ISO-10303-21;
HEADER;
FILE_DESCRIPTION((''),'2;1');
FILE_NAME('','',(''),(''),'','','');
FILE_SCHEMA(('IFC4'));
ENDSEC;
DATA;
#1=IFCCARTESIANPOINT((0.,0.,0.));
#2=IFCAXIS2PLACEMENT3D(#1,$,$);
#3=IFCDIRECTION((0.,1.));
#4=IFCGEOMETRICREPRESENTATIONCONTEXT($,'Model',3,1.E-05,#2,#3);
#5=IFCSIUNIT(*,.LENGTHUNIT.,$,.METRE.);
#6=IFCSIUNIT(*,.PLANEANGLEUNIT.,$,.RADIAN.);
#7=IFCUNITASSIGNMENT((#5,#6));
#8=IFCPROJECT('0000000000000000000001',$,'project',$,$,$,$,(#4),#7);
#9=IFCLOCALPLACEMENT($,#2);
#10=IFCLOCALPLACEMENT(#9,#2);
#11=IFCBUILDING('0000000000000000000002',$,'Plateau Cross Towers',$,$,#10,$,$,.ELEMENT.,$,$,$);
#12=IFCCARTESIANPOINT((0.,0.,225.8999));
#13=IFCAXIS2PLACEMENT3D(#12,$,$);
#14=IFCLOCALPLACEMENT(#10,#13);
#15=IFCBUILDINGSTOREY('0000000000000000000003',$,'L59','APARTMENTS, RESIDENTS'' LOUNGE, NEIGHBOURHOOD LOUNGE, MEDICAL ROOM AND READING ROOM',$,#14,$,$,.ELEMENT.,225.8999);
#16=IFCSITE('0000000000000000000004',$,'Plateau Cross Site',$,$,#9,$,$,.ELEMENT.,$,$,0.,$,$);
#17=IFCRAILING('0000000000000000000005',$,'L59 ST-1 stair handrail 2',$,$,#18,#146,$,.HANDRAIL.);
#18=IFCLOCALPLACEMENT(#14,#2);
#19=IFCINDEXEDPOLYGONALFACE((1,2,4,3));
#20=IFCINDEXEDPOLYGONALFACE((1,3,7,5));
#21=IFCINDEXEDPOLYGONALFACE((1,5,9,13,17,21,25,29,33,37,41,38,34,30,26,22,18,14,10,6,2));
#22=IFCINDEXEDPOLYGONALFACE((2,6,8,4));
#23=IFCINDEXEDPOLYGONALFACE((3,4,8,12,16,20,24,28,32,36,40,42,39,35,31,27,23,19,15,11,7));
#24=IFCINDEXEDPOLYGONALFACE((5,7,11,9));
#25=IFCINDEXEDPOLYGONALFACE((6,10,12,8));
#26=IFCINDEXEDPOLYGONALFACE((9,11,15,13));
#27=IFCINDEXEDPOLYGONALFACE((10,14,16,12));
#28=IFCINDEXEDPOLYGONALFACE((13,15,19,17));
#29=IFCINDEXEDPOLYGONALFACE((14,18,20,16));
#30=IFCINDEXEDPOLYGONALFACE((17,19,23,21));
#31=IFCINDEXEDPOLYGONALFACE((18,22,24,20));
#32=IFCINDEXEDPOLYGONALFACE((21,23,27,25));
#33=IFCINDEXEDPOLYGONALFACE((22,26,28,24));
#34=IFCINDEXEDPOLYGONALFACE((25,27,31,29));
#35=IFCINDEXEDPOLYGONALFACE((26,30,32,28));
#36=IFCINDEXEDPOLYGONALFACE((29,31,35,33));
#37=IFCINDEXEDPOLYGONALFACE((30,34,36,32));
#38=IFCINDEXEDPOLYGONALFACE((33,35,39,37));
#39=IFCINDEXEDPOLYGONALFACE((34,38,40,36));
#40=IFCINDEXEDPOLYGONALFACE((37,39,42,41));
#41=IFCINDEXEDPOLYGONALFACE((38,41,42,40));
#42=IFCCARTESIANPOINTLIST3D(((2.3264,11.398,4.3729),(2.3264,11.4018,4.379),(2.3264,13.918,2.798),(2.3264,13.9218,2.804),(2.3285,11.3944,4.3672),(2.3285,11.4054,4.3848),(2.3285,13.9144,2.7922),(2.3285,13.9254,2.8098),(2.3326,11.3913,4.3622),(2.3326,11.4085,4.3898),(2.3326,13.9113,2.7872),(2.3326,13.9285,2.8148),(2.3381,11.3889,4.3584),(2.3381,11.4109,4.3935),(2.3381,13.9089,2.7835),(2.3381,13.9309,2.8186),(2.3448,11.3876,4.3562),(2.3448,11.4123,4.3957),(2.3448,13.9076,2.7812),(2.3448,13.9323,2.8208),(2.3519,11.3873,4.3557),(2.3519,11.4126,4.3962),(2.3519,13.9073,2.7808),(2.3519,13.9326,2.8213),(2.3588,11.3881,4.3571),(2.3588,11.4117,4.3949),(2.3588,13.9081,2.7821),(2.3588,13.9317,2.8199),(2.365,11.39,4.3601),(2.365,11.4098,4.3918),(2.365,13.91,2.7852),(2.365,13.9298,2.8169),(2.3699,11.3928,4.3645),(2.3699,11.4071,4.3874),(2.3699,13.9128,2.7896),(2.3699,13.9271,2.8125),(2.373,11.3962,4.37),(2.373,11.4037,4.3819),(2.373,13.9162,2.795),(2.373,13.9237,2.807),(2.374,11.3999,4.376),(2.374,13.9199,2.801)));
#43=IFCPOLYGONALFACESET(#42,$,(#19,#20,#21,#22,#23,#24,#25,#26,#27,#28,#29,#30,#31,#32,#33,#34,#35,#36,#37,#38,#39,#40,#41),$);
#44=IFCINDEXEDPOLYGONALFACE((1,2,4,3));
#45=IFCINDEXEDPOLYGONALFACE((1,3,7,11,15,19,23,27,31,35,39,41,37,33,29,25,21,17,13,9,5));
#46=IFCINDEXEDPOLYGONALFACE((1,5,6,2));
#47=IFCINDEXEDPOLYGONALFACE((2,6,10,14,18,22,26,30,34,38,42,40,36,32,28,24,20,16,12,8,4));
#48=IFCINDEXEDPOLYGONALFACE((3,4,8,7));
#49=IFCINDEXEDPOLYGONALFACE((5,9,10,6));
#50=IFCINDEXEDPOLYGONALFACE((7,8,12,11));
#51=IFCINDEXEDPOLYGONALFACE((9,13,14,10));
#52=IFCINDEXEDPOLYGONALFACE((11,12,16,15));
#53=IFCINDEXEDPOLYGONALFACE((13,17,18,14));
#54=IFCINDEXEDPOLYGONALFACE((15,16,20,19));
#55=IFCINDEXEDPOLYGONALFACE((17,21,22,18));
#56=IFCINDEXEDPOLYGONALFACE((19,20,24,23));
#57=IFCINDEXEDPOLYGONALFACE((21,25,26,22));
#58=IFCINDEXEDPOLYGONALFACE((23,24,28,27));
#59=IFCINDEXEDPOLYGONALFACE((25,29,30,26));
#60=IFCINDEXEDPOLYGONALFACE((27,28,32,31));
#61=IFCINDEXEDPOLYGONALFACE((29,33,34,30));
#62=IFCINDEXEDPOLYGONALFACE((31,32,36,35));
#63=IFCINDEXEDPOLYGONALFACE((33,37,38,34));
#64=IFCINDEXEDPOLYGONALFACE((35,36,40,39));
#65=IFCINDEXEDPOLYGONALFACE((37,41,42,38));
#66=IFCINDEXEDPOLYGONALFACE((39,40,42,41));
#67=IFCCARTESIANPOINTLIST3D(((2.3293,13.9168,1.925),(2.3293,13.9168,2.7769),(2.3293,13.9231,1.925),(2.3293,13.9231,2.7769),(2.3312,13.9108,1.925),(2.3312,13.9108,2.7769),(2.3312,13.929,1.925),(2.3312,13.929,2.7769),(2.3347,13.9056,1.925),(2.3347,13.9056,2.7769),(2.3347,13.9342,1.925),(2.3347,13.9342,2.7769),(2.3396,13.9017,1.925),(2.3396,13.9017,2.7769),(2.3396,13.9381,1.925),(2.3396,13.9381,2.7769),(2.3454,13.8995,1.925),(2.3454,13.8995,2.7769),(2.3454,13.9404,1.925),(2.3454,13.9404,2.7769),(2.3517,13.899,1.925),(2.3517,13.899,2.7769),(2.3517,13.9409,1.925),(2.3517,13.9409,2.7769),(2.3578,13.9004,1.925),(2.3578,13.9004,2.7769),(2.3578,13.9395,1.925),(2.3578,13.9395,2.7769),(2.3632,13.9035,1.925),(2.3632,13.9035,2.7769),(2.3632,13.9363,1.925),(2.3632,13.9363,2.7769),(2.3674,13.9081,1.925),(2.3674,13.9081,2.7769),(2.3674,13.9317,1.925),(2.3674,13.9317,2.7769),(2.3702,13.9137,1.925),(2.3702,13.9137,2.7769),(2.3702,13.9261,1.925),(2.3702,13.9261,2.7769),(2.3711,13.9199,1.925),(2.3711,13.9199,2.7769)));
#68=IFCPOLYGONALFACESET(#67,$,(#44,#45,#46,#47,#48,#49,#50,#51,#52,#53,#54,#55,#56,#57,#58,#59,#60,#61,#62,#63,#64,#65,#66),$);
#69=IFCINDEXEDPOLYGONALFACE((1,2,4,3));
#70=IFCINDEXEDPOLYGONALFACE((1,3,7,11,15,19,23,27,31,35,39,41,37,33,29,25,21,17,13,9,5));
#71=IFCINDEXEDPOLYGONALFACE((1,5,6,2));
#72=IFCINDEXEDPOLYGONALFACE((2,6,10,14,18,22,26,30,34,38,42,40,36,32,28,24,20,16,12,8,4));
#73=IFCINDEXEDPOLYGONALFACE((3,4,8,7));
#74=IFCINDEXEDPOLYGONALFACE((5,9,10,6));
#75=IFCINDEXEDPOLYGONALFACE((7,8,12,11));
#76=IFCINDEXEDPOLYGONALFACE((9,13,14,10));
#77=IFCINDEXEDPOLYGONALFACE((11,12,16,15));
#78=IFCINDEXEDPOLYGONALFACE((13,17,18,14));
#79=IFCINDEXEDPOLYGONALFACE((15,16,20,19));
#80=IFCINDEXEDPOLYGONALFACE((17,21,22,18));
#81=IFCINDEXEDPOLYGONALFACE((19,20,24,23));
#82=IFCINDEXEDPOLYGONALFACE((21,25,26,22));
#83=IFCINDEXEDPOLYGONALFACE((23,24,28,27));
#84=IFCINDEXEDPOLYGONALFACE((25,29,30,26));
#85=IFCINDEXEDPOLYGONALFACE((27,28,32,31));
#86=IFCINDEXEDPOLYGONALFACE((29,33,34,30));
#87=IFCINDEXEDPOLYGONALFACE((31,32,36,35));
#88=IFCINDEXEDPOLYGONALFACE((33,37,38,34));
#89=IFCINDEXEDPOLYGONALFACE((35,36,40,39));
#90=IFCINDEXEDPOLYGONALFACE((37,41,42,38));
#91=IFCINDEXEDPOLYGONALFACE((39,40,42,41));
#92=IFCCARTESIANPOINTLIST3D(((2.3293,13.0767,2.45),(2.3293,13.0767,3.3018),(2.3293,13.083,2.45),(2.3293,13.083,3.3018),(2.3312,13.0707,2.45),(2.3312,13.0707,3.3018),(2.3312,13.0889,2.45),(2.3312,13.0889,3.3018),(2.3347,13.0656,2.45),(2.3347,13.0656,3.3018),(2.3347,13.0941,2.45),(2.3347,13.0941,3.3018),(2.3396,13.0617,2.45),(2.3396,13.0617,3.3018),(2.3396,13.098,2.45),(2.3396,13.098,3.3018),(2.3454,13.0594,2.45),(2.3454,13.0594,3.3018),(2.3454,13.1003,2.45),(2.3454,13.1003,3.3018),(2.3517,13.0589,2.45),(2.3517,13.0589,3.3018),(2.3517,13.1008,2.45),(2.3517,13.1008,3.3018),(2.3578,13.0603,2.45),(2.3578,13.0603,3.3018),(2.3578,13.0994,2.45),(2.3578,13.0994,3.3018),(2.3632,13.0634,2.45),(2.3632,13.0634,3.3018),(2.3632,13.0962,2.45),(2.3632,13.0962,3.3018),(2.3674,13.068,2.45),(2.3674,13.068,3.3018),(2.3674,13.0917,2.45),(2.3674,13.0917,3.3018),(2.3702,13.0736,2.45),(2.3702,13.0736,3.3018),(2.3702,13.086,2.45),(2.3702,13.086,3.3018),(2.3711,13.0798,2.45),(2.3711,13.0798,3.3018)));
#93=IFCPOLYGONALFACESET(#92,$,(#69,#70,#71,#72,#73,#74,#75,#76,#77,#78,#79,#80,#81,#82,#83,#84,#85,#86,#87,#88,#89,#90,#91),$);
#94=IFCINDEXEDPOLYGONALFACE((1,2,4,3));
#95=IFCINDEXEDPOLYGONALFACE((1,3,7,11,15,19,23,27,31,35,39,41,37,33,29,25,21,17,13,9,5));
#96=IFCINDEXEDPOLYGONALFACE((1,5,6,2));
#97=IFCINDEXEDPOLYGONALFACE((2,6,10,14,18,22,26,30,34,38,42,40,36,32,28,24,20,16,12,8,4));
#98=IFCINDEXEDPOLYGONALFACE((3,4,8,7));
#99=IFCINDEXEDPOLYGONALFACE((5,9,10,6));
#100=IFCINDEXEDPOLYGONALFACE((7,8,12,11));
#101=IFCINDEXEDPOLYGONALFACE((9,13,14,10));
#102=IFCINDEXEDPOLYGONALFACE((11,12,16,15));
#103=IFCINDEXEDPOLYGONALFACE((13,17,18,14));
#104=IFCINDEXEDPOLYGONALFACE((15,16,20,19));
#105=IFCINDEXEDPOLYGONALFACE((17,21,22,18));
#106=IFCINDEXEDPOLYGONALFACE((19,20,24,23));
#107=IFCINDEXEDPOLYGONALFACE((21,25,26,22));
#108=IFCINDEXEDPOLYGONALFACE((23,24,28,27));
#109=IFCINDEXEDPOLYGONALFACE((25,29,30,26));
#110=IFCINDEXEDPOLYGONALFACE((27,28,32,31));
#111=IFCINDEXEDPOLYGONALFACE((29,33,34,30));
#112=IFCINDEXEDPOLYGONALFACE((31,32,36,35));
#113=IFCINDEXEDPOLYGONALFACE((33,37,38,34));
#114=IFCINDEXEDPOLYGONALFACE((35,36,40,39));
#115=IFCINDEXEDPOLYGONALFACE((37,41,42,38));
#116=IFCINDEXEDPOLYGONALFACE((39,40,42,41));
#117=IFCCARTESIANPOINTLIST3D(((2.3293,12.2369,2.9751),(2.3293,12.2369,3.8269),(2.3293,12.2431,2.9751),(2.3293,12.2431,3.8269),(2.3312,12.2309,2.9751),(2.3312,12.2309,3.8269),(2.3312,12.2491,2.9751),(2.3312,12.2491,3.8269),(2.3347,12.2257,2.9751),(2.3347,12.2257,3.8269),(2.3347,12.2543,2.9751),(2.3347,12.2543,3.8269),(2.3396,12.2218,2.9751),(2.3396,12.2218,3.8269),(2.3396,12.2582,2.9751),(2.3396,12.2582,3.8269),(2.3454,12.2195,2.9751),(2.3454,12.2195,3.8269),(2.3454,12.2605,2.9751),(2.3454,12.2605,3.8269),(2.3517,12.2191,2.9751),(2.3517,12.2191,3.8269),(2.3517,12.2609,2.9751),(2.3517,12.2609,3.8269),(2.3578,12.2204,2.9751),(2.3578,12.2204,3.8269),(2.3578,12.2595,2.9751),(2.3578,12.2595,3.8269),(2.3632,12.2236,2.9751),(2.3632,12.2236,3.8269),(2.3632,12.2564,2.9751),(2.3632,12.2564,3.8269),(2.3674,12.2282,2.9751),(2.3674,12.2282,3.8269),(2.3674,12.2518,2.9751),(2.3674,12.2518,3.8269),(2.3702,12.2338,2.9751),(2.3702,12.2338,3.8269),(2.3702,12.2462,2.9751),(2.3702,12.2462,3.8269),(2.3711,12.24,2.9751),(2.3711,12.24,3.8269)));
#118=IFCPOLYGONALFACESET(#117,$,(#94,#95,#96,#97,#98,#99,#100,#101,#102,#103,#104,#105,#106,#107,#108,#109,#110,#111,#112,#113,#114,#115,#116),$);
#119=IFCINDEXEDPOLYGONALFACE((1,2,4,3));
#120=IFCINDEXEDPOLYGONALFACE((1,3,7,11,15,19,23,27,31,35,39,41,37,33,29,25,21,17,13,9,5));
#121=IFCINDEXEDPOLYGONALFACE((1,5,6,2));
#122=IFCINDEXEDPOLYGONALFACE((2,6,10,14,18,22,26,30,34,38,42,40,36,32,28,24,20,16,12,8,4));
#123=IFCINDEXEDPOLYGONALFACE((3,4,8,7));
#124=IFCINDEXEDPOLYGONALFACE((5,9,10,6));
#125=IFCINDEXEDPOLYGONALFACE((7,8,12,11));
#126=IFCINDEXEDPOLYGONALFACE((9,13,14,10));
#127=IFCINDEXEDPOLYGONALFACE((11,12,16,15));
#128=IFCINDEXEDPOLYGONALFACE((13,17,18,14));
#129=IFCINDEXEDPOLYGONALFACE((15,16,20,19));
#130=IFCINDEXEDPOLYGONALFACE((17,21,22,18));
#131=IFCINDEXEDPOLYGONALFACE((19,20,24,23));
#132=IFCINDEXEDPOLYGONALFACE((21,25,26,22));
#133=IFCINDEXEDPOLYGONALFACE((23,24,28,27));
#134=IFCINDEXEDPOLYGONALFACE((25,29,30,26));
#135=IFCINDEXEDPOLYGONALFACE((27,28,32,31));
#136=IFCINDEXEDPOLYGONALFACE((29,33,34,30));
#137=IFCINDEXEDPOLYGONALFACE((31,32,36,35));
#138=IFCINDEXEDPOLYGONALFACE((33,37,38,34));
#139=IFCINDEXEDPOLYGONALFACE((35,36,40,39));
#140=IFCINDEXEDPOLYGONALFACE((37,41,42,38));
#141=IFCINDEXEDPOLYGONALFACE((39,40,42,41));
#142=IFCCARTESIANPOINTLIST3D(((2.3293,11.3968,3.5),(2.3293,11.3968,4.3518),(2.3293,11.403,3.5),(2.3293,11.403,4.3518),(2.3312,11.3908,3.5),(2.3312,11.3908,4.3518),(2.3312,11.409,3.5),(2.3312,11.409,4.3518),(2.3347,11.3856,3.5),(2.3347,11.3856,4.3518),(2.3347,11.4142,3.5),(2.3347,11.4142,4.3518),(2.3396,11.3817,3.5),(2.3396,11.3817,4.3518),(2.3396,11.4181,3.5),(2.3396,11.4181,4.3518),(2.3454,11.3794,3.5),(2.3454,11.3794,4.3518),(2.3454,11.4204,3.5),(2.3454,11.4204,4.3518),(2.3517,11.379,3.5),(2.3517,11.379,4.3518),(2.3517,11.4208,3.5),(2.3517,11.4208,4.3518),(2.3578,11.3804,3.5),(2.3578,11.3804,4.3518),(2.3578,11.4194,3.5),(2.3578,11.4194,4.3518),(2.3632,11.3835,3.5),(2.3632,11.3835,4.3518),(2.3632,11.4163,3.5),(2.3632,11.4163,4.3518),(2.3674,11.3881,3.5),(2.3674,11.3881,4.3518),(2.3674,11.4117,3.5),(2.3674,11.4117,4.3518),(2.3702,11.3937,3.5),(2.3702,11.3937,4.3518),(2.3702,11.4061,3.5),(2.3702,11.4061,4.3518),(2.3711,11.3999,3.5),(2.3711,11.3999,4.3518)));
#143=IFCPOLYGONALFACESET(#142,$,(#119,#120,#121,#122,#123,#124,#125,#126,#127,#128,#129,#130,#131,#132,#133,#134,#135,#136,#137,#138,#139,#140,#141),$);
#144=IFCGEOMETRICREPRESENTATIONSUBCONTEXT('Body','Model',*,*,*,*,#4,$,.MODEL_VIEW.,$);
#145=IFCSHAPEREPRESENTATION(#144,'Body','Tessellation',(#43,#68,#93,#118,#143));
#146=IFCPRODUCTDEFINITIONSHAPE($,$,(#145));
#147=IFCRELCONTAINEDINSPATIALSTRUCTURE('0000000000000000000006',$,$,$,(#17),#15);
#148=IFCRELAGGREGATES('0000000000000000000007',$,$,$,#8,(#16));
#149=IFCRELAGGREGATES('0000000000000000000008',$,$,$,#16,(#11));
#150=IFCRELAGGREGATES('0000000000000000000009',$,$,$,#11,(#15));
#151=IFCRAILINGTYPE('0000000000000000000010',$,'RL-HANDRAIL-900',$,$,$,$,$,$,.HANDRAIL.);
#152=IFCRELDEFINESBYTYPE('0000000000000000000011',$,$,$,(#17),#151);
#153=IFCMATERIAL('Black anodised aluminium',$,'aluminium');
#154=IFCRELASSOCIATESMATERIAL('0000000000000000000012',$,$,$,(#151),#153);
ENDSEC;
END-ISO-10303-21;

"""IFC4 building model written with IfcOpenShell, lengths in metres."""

from ifc_helpers import new_model, si_unit, direction, frame, origin, origin_2d, place, context, subcontext, project, spatial, circle, extrude, material, type_object, element, save


model = new_model("IFC4")

# Units and contexts
model_context = context("Model", 3, precision=1e-05, world=origin(), true_north=direction((0.0, 1.0)))
body_context = subcontext(model_context, "Body", "Model", "MODEL_VIEW")
ifc_project = project(units=[si_unit("LENGTHUNIT", "METRE"), si_unit("PLANEANGLEUNIT", "RADIAN")], contexts=[model_context])

# Site, building, storey
site_placement = place(None, origin())
site = spatial("IfcSite", under=ifc_project, at=site_placement, Name="Plateau Cross Site", CompositionType="ELEMENT", RefElevation=0.0)
building_placement = place(site_placement, origin())
building = spatial("IfcBuilding", under=site, at=building_placement, Name="Plateau Cross Towers", CompositionType="ELEMENT")
storey_placement = place(building_placement, frame((0.0, 0.0, 225.8999)))
storey = spatial("IfcBuildingStorey", under=building, at=storey_placement, Name="L59", Description="APARTMENTS, RESIDENTS' LOUNGE, NEIGHBOURHOOD LOUNGE, MEDICAL ROOM AND READING ROOM", CompositionType="ELEMENT", Elevation=225.8999)

# Shared definitions
ifc_material_1 = material(Name="Black anodised aluminium", Category="aluminium")

# Railing
railing_type_1 = type_object("IfcRailingType", Name="RL-HANDRAIL-900", PredefinedType="HANDRAIL", material=ifc_material_1)
railing_1_placement = place(storey_placement, frame((2.3501, 13.9199, 1.925)))
element("IfcRailing", 1, at=railing_1_placement, inside=storey, type_object=railing_type_1, Name="L59 ST-1 stair handrail 2", PredefinedType="HANDRAIL", context=body_context, shape_type="SweptSolid", body=[
    extrude(circle(Radius=0.0239, at=origin_2d()), frame((0.0, 0.0, 0.876), z_axis=(0.0, -0.848008, 0.529984), x_axis=(1.0, 0.0, 0.0)), (0.0, 0.0, 1.0), 2.9717),
    extrude(circle(Radius=0.021, at=origin_2d()), origin(), (0.0, 0.0, 1.0), 0.8518),
    extrude(circle(Radius=0.021, at=origin_2d()), frame((0.0, -0.8401, 0.5249)), (0.0, 0.0, 1.0), 0.8518),
    extrude(circle(Radius=0.021, at=origin_2d()), frame((0.0, -1.6799, 1.05)), (0.0, 0.0, 1.0), 0.8518),
    extrude(circle(Radius=0.021, at=origin_2d()), frame((0.0, -2.52, 1.575)), (0.0, 0.0, 1.0), 0.8518),
])

save(model, "model.ifc")
